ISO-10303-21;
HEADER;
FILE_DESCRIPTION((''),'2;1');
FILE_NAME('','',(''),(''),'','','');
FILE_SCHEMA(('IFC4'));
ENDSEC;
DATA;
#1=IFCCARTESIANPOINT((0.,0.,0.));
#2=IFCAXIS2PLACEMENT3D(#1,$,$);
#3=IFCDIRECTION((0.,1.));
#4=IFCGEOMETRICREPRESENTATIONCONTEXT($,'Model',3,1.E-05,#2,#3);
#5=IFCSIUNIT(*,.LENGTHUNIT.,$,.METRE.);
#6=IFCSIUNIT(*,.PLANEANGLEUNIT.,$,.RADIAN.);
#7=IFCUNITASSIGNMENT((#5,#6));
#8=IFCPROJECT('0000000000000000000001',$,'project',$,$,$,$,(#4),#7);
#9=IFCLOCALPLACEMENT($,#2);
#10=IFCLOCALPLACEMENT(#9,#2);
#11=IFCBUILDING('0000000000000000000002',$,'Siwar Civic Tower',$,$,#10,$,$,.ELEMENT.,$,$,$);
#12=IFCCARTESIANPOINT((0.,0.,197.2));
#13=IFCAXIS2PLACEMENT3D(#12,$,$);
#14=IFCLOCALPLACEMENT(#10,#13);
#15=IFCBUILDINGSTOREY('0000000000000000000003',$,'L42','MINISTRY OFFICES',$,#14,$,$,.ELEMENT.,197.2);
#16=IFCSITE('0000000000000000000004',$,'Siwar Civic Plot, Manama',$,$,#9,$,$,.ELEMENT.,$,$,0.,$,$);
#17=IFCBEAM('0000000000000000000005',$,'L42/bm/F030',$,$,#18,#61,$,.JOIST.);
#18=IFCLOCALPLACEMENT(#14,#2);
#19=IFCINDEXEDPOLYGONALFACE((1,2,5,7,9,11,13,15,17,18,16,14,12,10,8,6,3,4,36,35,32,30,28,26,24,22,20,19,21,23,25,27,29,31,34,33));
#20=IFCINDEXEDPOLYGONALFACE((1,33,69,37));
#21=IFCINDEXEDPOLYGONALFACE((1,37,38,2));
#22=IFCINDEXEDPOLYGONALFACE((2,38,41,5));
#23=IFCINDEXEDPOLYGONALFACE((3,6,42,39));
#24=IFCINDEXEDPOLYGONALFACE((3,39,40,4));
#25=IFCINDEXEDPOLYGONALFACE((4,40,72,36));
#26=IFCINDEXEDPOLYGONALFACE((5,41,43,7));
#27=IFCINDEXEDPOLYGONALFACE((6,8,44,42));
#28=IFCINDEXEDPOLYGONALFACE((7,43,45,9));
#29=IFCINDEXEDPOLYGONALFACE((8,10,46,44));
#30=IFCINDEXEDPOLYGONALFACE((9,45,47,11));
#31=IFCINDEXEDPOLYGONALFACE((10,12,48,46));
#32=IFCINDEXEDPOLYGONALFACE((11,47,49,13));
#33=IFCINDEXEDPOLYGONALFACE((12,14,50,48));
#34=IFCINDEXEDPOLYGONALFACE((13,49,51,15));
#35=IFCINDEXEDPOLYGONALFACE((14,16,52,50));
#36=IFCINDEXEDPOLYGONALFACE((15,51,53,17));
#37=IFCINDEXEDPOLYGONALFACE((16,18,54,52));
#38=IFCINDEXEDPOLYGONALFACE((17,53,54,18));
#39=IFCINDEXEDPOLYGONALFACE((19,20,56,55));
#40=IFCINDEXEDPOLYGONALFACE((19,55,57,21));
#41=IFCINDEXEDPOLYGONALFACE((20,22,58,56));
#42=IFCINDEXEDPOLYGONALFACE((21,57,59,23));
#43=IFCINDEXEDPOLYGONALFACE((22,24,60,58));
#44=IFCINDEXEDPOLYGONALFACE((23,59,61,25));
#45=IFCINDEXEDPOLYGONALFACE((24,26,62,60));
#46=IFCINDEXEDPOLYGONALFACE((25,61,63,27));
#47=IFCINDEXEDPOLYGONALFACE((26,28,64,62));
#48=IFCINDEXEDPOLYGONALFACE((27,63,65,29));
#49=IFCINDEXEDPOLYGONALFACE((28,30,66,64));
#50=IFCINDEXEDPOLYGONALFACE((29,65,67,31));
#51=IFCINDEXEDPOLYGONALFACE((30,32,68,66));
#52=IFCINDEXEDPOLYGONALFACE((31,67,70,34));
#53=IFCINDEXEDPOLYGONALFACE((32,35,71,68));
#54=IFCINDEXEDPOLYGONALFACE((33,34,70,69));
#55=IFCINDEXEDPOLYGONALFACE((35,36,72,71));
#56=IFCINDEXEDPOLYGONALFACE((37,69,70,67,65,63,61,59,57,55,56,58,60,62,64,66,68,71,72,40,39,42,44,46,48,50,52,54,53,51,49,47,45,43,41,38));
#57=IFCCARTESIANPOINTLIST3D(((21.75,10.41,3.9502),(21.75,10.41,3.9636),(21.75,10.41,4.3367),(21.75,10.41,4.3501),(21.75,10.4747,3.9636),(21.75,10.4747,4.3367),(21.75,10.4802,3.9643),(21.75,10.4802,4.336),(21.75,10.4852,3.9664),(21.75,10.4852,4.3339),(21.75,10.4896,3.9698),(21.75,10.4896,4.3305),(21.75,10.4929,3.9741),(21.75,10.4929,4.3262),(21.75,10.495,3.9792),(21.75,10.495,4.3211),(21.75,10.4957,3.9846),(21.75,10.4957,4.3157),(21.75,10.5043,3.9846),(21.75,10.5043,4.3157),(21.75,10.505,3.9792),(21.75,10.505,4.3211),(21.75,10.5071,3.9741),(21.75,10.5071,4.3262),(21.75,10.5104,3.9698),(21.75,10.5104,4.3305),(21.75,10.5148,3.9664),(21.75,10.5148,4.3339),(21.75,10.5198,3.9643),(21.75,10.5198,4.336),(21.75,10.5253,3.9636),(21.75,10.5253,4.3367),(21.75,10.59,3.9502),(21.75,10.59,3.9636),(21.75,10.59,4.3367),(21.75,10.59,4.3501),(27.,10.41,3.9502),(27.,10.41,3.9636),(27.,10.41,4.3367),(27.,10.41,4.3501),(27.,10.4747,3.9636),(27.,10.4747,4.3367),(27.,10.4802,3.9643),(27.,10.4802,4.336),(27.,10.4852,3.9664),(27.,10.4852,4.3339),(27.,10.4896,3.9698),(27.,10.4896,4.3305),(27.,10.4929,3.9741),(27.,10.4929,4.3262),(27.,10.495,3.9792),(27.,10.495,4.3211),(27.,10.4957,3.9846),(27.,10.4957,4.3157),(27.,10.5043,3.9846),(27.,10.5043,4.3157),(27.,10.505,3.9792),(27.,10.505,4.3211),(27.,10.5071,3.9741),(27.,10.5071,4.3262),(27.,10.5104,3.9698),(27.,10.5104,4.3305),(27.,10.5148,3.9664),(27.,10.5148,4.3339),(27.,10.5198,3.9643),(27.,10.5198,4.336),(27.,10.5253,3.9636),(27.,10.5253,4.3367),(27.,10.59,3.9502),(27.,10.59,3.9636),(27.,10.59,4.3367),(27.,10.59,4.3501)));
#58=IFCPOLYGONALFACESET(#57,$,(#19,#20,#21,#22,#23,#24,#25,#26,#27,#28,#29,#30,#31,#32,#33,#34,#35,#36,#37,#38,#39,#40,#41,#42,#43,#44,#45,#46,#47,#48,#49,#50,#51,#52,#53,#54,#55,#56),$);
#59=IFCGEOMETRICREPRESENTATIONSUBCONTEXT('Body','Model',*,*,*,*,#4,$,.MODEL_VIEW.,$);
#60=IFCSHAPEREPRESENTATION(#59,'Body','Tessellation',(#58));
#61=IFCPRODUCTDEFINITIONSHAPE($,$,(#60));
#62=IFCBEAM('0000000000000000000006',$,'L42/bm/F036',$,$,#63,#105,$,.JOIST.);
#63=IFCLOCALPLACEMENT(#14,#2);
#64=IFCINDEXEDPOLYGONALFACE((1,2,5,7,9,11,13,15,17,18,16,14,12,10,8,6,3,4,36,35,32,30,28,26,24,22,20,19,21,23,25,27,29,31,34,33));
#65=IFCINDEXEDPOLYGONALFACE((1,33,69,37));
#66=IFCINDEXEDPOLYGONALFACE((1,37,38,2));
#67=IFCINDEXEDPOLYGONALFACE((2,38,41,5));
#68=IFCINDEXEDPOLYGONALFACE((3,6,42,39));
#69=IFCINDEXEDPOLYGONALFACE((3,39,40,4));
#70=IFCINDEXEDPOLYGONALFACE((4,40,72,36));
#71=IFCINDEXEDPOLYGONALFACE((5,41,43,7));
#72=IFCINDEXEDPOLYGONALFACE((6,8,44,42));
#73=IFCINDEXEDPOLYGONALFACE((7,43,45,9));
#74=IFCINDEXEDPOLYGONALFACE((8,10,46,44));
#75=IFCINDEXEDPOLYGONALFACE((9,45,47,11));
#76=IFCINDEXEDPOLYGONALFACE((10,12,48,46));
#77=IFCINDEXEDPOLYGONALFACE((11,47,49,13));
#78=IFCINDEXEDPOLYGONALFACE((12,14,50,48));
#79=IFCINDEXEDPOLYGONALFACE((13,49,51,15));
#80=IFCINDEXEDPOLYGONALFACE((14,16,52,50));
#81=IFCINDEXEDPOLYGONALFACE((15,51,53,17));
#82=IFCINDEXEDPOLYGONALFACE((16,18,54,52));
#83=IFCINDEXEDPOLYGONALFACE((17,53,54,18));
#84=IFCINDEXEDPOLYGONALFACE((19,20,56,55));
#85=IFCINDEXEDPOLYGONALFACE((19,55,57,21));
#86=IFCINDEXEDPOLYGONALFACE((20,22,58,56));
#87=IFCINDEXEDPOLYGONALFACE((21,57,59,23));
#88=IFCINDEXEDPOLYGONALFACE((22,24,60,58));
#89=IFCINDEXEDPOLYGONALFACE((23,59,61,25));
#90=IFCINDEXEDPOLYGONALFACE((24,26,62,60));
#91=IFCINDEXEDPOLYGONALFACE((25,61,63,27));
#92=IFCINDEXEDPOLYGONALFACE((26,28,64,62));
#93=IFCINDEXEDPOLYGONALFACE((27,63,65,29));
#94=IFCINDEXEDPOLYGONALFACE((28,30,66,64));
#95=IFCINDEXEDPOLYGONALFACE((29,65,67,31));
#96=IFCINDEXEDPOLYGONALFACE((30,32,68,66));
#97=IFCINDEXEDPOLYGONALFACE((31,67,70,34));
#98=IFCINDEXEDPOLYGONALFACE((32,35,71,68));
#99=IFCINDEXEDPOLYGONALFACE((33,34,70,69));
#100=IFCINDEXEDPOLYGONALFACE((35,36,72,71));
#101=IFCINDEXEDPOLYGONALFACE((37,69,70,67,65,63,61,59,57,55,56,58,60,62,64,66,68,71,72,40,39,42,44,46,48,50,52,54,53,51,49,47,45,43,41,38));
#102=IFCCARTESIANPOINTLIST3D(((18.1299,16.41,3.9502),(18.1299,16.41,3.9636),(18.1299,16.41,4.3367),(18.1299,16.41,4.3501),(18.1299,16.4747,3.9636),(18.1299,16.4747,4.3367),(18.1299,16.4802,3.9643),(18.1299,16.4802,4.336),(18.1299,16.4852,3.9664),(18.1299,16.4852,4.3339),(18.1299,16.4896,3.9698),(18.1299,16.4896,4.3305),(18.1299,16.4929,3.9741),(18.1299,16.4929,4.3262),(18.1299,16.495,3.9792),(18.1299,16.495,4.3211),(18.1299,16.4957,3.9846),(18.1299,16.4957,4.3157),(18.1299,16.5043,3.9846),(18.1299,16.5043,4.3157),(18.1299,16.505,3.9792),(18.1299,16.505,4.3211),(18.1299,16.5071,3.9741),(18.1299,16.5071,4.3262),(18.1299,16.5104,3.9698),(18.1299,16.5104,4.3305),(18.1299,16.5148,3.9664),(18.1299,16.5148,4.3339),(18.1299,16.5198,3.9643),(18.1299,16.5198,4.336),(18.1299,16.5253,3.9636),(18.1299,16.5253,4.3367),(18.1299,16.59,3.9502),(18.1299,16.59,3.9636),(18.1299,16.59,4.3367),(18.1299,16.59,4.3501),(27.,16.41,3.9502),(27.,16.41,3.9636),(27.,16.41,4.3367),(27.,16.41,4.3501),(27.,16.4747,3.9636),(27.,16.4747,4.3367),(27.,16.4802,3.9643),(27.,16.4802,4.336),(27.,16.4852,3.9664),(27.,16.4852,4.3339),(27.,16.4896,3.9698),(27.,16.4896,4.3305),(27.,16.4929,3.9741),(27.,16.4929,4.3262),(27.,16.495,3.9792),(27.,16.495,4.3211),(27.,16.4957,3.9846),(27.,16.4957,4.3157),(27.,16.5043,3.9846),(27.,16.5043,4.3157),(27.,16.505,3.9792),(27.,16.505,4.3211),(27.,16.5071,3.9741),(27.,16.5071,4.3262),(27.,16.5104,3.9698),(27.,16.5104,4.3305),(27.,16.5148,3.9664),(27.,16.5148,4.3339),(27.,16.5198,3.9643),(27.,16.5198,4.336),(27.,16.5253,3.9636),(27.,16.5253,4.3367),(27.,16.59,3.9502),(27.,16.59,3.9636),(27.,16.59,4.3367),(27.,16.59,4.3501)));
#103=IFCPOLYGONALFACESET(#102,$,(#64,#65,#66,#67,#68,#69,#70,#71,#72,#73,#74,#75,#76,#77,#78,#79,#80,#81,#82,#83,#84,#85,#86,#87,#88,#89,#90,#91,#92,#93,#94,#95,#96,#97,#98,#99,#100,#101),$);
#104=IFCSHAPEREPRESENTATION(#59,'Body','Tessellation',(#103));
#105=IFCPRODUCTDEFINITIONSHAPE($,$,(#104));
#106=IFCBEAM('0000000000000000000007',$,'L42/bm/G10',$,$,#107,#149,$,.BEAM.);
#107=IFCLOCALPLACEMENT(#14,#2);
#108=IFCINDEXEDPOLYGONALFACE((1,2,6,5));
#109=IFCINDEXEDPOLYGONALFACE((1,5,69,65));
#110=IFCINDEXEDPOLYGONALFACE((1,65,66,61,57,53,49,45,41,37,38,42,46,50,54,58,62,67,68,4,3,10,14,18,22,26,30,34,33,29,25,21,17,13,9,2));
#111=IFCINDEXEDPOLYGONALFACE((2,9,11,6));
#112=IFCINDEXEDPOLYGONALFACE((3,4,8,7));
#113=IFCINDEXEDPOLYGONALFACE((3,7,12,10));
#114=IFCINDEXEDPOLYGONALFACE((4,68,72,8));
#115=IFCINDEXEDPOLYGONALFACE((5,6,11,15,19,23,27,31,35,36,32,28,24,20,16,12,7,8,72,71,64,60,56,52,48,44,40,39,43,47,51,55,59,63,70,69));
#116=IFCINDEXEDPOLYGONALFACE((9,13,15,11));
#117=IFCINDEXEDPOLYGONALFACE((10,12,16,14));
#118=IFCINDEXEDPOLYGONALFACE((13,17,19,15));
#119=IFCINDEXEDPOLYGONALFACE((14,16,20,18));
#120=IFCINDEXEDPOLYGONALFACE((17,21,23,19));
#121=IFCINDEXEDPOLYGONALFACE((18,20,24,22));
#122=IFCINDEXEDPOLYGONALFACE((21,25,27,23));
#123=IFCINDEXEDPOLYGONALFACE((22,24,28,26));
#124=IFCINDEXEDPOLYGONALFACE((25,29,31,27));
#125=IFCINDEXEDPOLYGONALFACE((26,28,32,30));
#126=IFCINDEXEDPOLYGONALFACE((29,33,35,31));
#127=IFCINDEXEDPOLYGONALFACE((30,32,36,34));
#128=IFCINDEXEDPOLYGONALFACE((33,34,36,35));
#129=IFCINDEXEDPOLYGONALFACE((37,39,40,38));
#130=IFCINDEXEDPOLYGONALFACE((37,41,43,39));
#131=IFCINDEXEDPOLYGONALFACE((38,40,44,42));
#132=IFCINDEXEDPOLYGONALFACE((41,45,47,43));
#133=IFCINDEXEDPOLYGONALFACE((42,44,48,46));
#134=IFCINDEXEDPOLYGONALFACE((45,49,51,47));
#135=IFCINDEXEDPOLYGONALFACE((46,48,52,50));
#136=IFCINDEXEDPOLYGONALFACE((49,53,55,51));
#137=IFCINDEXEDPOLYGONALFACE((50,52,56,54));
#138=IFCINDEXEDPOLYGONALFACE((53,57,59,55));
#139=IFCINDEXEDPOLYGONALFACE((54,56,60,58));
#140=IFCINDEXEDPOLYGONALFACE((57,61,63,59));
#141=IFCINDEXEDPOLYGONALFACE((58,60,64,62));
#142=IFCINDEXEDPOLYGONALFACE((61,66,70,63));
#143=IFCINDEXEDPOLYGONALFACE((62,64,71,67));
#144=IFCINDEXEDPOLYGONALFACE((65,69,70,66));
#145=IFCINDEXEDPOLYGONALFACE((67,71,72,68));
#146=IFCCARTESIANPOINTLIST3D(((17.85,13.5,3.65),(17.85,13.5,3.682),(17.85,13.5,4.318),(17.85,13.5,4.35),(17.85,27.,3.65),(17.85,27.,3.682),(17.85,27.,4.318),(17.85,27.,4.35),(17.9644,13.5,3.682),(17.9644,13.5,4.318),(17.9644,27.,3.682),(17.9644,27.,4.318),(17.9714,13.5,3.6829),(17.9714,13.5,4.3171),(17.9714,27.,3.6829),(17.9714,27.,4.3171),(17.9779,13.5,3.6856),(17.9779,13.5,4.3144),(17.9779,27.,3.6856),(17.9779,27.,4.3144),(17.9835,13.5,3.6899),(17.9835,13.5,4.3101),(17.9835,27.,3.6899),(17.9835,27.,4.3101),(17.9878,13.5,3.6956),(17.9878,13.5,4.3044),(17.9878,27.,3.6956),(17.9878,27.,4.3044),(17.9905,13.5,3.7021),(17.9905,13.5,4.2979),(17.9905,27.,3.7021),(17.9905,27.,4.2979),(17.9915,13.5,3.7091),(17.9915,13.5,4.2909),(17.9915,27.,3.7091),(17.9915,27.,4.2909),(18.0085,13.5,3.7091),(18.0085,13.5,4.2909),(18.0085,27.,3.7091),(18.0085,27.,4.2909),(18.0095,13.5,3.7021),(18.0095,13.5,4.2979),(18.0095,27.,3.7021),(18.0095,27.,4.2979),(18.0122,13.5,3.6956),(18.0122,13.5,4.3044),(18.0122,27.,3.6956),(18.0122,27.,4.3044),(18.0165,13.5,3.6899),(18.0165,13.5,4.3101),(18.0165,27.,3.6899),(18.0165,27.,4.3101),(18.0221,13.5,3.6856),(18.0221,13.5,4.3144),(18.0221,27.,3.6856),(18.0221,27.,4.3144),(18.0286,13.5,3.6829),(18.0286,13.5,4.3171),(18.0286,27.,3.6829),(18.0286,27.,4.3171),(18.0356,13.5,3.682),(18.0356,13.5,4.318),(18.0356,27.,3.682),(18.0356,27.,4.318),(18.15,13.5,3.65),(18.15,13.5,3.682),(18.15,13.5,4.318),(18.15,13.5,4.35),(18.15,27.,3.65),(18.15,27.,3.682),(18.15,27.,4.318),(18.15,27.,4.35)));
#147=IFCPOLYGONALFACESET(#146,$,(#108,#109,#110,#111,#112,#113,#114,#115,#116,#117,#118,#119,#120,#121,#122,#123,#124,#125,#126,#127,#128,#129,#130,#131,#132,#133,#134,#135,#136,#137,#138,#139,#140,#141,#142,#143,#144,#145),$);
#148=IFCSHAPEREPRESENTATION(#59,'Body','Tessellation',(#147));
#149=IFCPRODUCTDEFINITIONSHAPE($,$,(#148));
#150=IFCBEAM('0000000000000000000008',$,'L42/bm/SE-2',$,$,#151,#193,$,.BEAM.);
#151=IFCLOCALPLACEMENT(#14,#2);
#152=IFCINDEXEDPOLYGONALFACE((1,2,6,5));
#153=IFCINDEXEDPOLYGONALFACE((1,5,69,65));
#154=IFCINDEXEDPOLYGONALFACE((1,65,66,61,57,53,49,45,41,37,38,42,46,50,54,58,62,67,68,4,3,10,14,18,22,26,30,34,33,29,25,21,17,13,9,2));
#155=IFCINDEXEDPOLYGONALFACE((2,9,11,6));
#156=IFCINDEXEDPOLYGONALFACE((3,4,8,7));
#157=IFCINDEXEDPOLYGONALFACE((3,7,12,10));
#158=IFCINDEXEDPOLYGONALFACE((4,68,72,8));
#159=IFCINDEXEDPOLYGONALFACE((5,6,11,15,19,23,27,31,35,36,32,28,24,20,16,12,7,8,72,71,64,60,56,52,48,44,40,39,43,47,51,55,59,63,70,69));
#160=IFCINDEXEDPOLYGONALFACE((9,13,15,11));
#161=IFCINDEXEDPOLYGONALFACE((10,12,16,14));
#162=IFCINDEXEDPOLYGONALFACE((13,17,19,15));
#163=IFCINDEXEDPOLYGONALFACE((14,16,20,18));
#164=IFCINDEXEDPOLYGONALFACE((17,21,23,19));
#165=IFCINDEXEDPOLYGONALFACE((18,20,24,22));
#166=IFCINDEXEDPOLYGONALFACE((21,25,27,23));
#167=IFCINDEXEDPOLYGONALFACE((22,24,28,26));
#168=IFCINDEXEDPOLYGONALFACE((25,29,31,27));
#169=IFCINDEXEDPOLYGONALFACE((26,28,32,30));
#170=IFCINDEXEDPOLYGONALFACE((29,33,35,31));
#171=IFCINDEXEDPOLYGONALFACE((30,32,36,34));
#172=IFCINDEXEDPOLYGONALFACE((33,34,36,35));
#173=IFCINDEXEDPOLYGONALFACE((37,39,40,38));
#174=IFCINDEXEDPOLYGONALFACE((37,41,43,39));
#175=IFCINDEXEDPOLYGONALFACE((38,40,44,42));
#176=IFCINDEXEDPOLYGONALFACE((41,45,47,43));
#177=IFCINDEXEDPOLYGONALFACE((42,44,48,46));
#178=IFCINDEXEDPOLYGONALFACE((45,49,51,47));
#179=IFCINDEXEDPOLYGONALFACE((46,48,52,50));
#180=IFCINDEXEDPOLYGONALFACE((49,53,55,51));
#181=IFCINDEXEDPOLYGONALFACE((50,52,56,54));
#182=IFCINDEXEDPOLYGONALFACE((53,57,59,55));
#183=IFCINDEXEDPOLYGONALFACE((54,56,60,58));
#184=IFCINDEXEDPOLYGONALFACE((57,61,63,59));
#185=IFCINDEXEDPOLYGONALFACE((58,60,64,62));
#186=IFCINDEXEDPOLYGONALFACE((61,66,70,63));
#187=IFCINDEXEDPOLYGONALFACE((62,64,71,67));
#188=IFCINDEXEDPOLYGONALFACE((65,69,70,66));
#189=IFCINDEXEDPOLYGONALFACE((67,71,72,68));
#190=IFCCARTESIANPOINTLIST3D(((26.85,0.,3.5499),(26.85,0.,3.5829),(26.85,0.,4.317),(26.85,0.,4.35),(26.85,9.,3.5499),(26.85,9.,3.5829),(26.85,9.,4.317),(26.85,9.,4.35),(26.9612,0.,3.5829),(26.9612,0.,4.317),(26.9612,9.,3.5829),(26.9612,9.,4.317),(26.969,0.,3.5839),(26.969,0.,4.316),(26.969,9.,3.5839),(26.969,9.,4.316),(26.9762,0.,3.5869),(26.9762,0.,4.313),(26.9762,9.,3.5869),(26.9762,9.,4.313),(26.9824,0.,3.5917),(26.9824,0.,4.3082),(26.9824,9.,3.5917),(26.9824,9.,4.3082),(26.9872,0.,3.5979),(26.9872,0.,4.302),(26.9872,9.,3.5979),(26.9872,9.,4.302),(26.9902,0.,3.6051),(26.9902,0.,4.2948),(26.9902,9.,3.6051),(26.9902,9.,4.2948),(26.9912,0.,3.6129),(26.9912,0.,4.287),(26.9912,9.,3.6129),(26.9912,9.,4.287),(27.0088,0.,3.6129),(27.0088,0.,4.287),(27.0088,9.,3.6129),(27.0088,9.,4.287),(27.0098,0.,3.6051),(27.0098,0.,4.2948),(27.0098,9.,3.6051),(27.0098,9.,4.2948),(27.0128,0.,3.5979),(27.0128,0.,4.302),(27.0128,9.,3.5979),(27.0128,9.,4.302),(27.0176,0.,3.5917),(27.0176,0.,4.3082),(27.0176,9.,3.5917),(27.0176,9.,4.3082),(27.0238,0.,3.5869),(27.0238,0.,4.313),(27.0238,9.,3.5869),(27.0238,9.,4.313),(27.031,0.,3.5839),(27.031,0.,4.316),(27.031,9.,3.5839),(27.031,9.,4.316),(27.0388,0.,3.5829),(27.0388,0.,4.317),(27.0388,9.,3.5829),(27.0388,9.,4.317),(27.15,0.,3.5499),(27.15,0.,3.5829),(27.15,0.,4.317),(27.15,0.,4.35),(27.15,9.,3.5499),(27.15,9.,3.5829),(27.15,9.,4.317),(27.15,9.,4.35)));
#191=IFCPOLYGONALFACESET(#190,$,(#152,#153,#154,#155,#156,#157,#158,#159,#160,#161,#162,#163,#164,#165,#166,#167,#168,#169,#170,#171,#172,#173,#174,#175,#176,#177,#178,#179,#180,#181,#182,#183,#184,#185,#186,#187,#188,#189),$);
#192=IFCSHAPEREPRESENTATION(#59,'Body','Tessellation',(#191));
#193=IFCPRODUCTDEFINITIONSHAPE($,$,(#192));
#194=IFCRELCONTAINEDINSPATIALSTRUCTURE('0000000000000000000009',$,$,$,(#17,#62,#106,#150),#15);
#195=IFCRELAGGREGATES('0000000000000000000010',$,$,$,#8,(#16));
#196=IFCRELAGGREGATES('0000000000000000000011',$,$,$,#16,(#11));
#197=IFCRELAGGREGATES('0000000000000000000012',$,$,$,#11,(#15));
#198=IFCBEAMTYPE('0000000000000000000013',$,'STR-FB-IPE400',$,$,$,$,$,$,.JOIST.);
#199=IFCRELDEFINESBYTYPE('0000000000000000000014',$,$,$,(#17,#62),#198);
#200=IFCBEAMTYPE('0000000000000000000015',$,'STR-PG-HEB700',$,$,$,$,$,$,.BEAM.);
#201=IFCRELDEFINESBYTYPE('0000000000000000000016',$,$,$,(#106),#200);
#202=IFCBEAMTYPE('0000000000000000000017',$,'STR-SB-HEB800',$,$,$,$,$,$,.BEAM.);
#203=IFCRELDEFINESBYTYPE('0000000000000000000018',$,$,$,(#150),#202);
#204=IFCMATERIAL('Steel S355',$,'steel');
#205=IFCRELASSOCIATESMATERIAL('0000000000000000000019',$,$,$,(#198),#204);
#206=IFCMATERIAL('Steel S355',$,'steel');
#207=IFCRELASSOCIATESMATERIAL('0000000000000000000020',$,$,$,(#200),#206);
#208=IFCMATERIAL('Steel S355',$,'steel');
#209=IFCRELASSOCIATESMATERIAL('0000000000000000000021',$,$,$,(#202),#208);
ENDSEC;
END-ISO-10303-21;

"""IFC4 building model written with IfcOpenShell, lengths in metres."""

from ifc_helpers import new_model, si_unit, direction, frame, origin, origin_2d, place, context, subcontext, project, spatial, i_section, extrude, material, material_profile, profile_set, type_object, element, save


model = new_model("IFC4")

# Units and contexts
model_context = context("Model", 3, precision=1e-05, world=origin(), true_north=direction((0.0, 1.0)))
body_context = subcontext(model_context, "Body", "Model", "MODEL_VIEW")
ifc_project = project(units=[si_unit("LENGTHUNIT", "METRE"), si_unit("PLANEANGLEUNIT", "RADIAN")], contexts=[model_context])

# Site, building, storey
site_placement = place(None, origin())
site = spatial("IfcSite", under=ifc_project, at=site_placement, Name="Siwar Civic Plot, Manama", CompositionType="ELEMENT", RefElevation=0.0)
building_placement = place(site_placement, origin())
building = spatial("IfcBuilding", under=site, at=building_placement, Name="Siwar Civic Tower", CompositionType="ELEMENT")
storey_placement = place(building_placement, frame((0.0, 0.0, 197.2)))
storey = spatial("IfcBuildingStorey", under=building, at=storey_placement, Name="L42", Description="MINISTRY OFFICES", CompositionType="ELEMENT", Elevation=197.2)

# Beams
ifc_material_1 = material(Name="Steel S355", Category="steel")
ifc_material_profile_1 = material_profile(ifc_material_1, i_section(OverallWidth=0.1799, OverallDepth=0.3999, WebThickness=0.0085, FlangeThickness=0.0134, FilletRadius=0.021, at=origin_2d()), Name="IPE400")
ifc_profile_set_1 = profile_set([ifc_material_profile_1], Name="Steel S355")
beam_type_1 = type_object("IfcBeamType", Name="STR-FB-IPE400", PredefinedType="JOIST", material=ifc_profile_set_1)
for number, where, z_axis, x_axis, name in (
    (1, (21.75, 10.5, 4.1501), (1.0, 0.0, 0.0), (0.0, 1.0, 0.0), "L42/bm/F030"),
):
    element("IfcBeam", number, at=place(storey_placement, frame(where, z_axis=z_axis, x_axis=x_axis)), inside=storey, type_object=beam_type_1, Name=name, PredefinedType="JOIST", context=body_context, shape_type="SweptSolid", body=[
        extrude(i_section(OverallWidth=0.1799, OverallDepth=0.3999, WebThickness=0.0085, FlangeThickness=0.0134, FilletRadius=0.021, at=origin_2d()), origin(), (0.0, 0.0, 1.0), 5.25),
    ])
beam_1_placement = place(storey_placement, frame((18.1299, 16.5, 4.1501), z_axis=(1.0, 0.0, 0.0), x_axis=(0.0, 1.0, 0.0)))
element("IfcBeam", 2, at=beam_1_placement, inside=storey, type_object=beam_type_1, Name="L42/bm/F036", PredefinedType="JOIST", context=body_context, shape_type="SweptSolid", body=[
    extrude(i_section(OverallWidth=0.1799, OverallDepth=0.3999, WebThickness=0.0085, FlangeThickness=0.0134, FilletRadius=0.021, at=origin_2d()), origin(), (0.0, 0.0, 1.0), 8.8701),
])
ifc_material_2 = material(Name="Steel S355", Category="steel")
ifc_material_profile_2 = material_profile(ifc_material_2, i_section(OverallWidth=0.3, OverallDepth=0.7, WebThickness=0.0171, FlangeThickness=0.032, FilletRadius=0.0271, at=origin_2d()), Name="HEB700")
ifc_profile_set_2 = profile_set([ifc_material_profile_2], Name="Steel S355")
beam_type_2 = type_object("IfcBeamType", Name="STR-PG-HEB700", PredefinedType="BEAM", material=ifc_profile_set_2)
beam_2_placement = place(storey_placement, frame((18.0, 13.5, 4.0), z_axis=(0.0, 1.0, 0.0), x_axis=(-1.0, 0.0, 0.0)))
element("IfcBeam", 3, at=beam_2_placement, inside=storey, type_object=beam_type_2, Name="L42/bm/G10", PredefinedType="BEAM", context=body_context, shape_type="SweptSolid", body=[
    extrude(i_section(OverallWidth=0.3, OverallDepth=0.7, WebThickness=0.0171, FlangeThickness=0.032, FilletRadius=0.0271, at=origin_2d()), origin(), (0.0, 0.0, 1.0), 13.5),
])
ifc_material_3 = material(Name="Steel S355", Category="steel")
ifc_material_profile_3 = material_profile(ifc_material_3, i_section(OverallWidth=0.3, OverallDepth=0.8, WebThickness=0.0176, FlangeThickness=0.033, FilletRadius=0.03, at=origin_2d()), Name="HEB800")
ifc_profile_set_3 = profile_set([ifc_material_profile_3], Name="Steel S355")
beam_type_3 = type_object("IfcBeamType", Name="STR-SB-HEB800", PredefinedType="BEAM", material=ifc_profile_set_3)
for number, where, z_axis, x_axis, name in (
    (4, (27.0, 0.0, 3.95), (0.0, 1.0, 0.0), (-1.0, 0.0, 0.0), "L42/bm/SE-2"),
):
    element("IfcBeam", number, at=place(storey_placement, frame(where, z_axis=z_axis, x_axis=x_axis)), inside=storey, type_object=beam_type_3, Name=name, PredefinedType="BEAM", context=body_context, shape_type="SweptSolid", body=[
        extrude(i_section(OverallWidth=0.3, OverallDepth=0.8, WebThickness=0.0176, FlangeThickness=0.033, FilletRadius=0.03, at=origin_2d()), origin(), (0.0, 0.0, 1.0), 9.0),
    ])

save(model, "model.ifc")
